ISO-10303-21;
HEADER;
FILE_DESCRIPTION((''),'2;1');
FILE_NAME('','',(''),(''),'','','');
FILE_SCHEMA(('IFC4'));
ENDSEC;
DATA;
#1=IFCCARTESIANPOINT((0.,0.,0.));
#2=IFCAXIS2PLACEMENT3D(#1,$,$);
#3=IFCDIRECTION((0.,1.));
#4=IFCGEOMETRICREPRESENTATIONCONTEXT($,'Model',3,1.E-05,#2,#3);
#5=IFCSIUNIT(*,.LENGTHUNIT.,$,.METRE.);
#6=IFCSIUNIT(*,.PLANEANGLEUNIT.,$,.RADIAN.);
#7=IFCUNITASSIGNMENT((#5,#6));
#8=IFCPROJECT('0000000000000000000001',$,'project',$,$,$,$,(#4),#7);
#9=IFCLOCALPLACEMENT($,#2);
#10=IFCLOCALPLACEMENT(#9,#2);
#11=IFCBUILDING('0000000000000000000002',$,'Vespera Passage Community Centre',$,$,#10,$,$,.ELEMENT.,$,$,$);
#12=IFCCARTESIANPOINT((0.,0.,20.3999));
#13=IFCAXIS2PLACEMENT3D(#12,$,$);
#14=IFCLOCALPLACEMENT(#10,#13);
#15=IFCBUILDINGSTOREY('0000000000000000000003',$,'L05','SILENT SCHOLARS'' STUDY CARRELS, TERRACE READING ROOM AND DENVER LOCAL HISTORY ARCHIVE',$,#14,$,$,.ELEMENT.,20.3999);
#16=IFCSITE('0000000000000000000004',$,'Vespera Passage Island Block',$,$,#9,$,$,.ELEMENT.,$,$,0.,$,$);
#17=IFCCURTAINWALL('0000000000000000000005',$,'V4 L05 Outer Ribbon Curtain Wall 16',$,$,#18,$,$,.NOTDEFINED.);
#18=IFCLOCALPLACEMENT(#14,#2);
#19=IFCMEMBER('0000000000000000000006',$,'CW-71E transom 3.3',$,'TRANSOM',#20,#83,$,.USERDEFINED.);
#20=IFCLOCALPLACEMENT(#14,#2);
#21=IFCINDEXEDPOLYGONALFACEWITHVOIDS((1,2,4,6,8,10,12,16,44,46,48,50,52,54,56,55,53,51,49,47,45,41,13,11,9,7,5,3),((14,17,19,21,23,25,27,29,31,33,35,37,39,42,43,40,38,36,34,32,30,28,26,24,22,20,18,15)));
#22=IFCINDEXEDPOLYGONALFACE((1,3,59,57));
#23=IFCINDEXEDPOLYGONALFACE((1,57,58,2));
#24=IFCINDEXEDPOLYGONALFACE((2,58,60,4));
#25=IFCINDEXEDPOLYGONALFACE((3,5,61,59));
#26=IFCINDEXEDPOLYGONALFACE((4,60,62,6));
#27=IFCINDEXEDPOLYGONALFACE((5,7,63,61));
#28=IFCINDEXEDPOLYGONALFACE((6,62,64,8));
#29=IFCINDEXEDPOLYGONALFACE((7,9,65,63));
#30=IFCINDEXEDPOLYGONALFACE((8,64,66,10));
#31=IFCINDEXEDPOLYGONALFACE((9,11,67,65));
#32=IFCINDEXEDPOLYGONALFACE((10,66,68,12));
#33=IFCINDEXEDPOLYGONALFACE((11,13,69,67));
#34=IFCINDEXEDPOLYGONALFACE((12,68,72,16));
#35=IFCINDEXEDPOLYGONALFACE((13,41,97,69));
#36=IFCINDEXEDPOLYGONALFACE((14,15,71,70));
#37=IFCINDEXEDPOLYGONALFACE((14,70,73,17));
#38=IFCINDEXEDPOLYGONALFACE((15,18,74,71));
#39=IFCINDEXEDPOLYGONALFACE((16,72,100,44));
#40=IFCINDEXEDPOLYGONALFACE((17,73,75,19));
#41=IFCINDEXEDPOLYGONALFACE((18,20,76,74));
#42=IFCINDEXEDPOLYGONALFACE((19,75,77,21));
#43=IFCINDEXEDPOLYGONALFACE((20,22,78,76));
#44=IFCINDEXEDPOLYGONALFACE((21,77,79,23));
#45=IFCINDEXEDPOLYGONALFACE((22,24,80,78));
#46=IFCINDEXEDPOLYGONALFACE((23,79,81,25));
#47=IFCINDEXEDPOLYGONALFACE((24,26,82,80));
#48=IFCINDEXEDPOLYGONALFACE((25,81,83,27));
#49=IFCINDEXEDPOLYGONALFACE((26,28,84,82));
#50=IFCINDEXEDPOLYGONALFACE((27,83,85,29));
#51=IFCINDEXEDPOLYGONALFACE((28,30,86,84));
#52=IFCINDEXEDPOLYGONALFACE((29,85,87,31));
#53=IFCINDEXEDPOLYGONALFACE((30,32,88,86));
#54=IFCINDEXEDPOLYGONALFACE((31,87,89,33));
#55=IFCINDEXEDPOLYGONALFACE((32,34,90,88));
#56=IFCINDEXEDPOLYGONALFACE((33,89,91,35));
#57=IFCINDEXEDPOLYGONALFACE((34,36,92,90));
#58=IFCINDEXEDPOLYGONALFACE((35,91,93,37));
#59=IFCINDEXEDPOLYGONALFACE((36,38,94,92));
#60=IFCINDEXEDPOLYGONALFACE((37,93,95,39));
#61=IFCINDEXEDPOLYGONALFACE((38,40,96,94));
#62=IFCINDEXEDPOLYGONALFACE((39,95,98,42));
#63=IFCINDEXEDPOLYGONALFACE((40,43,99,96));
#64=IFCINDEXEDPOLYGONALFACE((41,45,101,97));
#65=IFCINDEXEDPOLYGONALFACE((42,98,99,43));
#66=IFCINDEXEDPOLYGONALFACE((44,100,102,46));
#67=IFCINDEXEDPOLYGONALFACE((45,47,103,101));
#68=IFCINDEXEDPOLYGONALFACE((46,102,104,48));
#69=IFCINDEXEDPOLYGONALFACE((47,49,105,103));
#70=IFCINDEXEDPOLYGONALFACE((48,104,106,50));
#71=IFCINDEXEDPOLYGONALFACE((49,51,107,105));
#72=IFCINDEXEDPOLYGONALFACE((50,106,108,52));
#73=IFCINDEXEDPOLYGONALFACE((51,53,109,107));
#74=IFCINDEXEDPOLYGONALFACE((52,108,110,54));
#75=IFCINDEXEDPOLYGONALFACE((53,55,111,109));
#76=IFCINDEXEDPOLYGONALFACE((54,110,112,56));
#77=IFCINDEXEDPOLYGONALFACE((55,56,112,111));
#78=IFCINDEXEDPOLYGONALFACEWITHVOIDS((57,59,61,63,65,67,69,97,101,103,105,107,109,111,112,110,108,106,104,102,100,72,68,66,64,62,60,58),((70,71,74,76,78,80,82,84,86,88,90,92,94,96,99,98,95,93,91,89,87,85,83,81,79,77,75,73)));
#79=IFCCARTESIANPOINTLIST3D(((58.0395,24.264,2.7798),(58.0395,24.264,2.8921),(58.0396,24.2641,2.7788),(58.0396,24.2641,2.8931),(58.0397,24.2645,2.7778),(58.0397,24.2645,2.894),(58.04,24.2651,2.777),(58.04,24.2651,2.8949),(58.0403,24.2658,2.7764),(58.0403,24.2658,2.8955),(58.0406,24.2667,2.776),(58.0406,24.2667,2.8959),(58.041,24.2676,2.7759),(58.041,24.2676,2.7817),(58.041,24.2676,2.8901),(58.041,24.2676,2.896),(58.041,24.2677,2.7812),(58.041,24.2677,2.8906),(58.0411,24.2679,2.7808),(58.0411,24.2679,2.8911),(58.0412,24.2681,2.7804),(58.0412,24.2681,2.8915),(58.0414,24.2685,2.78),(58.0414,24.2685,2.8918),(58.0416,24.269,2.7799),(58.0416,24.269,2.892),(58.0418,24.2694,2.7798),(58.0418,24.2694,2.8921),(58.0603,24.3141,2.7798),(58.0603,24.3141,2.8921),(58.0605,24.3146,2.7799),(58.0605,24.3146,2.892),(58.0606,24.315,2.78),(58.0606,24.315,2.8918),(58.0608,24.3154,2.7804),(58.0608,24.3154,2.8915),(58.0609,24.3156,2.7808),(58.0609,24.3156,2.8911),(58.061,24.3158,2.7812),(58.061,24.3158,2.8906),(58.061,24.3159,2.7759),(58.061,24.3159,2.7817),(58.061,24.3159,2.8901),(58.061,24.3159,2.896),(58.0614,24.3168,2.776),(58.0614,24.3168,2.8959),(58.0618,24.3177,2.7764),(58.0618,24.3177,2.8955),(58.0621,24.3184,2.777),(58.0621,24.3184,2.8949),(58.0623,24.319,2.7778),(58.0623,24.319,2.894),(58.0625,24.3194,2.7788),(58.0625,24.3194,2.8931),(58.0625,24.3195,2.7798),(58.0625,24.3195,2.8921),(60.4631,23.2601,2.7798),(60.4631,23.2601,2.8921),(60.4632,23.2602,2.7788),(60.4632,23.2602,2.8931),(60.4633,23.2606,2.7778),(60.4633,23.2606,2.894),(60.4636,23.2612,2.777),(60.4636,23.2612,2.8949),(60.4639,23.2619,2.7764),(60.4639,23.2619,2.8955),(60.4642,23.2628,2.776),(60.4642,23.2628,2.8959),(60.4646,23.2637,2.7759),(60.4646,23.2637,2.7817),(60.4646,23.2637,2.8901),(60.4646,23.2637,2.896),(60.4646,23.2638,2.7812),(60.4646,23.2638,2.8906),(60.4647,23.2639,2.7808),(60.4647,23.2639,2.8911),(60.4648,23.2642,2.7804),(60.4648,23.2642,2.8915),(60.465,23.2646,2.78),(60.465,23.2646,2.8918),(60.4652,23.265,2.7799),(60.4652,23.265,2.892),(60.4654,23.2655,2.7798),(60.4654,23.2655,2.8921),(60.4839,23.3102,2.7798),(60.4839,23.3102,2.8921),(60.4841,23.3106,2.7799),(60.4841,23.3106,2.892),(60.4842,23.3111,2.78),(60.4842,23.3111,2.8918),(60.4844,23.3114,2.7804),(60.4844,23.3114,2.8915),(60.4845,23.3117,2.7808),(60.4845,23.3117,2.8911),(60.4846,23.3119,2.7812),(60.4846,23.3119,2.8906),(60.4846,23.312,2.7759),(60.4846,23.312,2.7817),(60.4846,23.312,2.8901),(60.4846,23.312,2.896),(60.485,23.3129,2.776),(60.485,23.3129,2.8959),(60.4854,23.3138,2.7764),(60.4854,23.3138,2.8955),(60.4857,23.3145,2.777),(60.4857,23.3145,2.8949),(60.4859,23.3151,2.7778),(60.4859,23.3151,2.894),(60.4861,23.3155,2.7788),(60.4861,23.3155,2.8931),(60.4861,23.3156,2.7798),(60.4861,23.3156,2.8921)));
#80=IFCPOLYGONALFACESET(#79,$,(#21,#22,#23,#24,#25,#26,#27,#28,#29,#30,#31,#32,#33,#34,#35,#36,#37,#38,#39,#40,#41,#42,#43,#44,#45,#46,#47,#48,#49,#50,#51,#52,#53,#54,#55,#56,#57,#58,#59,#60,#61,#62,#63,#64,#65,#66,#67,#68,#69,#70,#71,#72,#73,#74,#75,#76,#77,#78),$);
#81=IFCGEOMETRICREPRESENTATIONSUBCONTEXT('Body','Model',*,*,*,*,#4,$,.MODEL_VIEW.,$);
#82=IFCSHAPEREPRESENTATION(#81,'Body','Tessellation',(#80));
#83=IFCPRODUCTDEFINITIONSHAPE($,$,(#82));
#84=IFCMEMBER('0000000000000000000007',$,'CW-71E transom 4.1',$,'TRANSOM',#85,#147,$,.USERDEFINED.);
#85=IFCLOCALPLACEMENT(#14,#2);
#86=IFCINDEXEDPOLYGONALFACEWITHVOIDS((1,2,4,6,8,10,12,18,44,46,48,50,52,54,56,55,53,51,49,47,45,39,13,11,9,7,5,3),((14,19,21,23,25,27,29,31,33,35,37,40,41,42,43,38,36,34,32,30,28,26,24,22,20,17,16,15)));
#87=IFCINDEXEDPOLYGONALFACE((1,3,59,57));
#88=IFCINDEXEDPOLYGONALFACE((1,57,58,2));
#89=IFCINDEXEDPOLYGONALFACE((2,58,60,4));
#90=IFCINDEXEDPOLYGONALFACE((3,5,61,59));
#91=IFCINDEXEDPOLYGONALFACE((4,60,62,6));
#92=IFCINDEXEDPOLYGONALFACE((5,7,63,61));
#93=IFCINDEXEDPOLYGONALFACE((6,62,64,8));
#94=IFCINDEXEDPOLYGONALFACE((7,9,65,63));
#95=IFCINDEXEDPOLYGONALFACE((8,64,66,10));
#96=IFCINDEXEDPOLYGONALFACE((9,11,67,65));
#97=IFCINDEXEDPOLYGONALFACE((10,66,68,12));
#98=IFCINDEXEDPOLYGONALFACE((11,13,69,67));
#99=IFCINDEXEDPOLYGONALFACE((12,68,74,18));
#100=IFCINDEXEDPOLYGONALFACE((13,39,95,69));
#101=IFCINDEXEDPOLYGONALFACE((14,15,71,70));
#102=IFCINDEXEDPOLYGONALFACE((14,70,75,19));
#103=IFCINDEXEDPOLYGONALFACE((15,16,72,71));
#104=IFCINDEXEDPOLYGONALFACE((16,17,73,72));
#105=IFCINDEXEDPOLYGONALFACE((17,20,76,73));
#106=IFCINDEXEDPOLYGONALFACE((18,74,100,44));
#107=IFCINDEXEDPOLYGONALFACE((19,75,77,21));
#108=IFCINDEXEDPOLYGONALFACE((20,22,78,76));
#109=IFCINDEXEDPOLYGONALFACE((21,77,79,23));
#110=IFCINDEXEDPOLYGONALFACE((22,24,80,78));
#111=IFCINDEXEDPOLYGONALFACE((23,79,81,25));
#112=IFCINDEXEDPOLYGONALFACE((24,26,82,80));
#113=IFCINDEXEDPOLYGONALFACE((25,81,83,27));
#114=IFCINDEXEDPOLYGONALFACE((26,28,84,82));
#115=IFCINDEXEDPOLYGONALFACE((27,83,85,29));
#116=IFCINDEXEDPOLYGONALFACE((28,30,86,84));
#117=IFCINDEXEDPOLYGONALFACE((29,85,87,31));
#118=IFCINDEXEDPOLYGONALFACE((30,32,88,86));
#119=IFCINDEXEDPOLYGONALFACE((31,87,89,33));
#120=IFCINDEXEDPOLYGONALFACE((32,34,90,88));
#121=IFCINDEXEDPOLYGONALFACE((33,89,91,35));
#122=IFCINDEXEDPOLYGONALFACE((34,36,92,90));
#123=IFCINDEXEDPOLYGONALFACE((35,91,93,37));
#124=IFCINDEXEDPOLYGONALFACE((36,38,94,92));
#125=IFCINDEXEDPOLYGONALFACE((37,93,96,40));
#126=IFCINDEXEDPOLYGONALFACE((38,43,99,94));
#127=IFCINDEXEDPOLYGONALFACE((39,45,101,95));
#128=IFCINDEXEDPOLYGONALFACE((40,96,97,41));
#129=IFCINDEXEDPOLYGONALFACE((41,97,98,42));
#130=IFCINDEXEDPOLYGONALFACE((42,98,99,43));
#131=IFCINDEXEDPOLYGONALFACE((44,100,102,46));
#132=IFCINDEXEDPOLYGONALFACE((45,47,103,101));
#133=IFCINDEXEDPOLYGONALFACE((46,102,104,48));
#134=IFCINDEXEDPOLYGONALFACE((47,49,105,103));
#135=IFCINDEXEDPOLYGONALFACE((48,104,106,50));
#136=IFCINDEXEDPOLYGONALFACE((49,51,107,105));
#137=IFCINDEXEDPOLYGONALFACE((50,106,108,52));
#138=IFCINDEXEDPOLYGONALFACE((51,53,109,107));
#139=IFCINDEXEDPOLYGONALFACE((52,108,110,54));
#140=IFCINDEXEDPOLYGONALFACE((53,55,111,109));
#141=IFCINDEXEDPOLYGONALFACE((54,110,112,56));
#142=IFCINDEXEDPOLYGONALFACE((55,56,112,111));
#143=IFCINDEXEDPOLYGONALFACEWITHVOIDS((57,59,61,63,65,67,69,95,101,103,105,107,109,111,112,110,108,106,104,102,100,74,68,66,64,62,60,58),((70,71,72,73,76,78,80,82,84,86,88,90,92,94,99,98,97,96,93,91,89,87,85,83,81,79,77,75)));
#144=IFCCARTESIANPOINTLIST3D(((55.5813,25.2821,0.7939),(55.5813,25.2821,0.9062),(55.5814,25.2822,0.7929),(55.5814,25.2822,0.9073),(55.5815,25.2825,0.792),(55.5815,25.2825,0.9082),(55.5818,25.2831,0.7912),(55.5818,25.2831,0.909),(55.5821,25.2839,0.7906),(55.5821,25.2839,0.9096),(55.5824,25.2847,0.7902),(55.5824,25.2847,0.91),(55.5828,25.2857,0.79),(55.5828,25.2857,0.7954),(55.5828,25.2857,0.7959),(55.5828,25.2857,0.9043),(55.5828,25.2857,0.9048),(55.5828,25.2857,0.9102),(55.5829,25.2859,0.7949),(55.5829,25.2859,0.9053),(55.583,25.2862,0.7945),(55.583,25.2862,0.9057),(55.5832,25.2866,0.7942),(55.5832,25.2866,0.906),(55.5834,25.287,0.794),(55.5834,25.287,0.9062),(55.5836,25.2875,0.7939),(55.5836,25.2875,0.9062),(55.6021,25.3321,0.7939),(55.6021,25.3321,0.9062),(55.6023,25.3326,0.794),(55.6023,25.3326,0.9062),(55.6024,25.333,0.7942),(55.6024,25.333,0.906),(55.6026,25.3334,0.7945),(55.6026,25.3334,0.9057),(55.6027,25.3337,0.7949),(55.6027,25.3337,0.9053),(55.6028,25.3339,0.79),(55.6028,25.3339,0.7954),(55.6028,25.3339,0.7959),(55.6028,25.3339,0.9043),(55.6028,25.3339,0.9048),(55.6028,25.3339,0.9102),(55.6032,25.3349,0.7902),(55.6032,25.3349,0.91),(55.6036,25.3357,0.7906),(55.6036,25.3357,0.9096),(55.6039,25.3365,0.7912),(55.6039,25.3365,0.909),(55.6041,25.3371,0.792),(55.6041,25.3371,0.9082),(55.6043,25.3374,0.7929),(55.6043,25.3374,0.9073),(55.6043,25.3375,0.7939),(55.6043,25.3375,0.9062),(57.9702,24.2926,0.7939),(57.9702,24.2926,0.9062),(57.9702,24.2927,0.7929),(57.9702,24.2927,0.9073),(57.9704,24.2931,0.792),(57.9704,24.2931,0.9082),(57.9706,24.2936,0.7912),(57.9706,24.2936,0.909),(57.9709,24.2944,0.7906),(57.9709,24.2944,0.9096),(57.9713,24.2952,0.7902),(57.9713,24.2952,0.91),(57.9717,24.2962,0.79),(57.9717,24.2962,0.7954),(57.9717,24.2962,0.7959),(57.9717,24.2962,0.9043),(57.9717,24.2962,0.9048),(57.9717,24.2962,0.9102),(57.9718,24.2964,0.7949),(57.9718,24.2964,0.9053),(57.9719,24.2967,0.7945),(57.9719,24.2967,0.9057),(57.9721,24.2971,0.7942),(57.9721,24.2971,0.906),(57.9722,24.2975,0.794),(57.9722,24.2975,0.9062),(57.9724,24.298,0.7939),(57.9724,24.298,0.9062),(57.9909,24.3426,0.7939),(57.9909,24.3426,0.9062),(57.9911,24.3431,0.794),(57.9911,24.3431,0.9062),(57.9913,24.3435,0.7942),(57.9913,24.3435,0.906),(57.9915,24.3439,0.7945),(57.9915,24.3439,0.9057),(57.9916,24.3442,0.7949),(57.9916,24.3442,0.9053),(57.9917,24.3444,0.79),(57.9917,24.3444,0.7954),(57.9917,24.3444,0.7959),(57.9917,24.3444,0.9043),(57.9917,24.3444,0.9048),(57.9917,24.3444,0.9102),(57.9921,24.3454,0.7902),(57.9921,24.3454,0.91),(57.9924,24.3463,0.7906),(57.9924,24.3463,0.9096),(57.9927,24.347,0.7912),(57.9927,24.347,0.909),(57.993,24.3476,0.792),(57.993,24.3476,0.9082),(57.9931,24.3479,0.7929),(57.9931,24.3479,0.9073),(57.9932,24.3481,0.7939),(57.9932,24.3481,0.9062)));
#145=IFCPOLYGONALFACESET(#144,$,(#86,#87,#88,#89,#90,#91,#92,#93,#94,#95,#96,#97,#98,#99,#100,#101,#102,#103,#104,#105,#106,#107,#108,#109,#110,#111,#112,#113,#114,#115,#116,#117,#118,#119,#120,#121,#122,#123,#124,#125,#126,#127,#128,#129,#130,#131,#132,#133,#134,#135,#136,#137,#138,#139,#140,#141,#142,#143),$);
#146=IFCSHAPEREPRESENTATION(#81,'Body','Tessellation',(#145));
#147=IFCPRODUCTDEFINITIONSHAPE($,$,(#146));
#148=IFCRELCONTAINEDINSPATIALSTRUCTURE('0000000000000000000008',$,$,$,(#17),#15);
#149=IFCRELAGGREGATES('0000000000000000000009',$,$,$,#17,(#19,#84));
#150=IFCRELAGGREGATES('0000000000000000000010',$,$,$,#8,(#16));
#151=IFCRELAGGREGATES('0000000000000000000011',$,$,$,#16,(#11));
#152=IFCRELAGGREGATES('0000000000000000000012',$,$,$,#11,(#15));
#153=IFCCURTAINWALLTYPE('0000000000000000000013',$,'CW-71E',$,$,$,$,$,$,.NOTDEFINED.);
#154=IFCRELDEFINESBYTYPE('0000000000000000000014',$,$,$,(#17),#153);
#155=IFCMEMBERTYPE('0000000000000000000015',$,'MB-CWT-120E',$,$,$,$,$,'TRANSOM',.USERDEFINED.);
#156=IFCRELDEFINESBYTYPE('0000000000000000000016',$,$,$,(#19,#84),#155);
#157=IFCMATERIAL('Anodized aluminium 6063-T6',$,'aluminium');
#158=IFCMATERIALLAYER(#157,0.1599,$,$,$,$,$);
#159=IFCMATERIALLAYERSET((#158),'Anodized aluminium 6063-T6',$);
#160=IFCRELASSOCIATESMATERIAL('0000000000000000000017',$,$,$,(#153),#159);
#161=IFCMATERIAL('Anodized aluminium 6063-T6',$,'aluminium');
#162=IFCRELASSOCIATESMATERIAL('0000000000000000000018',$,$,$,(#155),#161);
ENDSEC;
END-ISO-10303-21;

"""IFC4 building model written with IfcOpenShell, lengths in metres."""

from ifc_helpers import new_model, si_unit, direction, frame, origin, origin_2d, place, context, subcontext, project, spatial, hollow_rectangle, extrude, material, layer, layer_set, material_profile, profile_set, type_object, element, aggregate, save


model = new_model("IFC4")

# Units and contexts
model_context = context("Model", 3, precision=1e-05, world=origin(), true_north=direction((0.0, 1.0)))
body_context = subcontext(model_context, "Body", "Model", "MODEL_VIEW")
ifc_project = project(units=[si_unit("LENGTHUNIT", "METRE"), si_unit("PLANEANGLEUNIT", "RADIAN")], contexts=[model_context])

# Site, building, storey
site_placement = place(None, origin())
site = spatial("IfcSite", under=ifc_project, at=site_placement, Name="Vespera Passage Island Block", CompositionType="ELEMENT", RefElevation=0.0)
building_placement = place(site_placement, origin())
building = spatial("IfcBuilding", under=site, at=building_placement, Name="Vespera Passage Community Centre", CompositionType="ELEMENT")
storey_placement = place(building_placement, frame((0.0, 0.0, 20.3999)))
storey = spatial("IfcBuildingStorey", under=building, at=storey_placement, Name="L05", Description="SILENT SCHOLARS' STUDY CARRELS, TERRACE READING ROOM AND DENVER LOCAL HISTORY ARCHIVE", CompositionType="ELEMENT", Elevation=20.3999)

# Curtain wall
ifc_material_1 = material(Name="Anodized aluminium 6063-T6", Category="aluminium")
ifc_layer_1 = layer(ifc_material_1, 0.1599)
ifc_layer_set_1 = layer_set([ifc_layer_1], Name="Anodized aluminium 6063-T6")
curtain_wall_type_1 = type_object("IfcCurtainWallType", Name="CW-71E", PredefinedType="NOTDEFINED", material=ifc_layer_set_1)
curtain_wall_1_placement = place(storey_placement, origin())
curtain_wall_1 = element("IfcCurtainWall", 1, at=curtain_wall_1_placement, inside=storey, type_object=curtain_wall_type_1, Name="V4 L05 Outer Ribbon Curtain Wall 16", PredefinedType="NOTDEFINED")

# Members
ifc_material_2 = material(Name="Anodized aluminium 6063-T6", Category="aluminium")
ifc_material_profile_1 = material_profile(ifc_material_2, hollow_rectangle(XDim=0.0601, YDim=0.1201, WallThickness=0.0039, InnerFilletRadius=0.002, OuterFilletRadius=0.0039, at=origin_2d()), Name="ALU120X60X4")
ifc_profile_set_1 = profile_set([ifc_material_profile_1], Name="Anodized aluminium 6063-T6")
member_type_1 = type_object("IfcMemberType", Name="MB-CWT-120E", ElementType="TRANSOM", PredefinedType="USERDEFINED", material=ifc_profile_set_1)
member_1_placement = place(storey_placement, frame((60.4746, 23.2878, 2.8359), z_axis=(-0.923876, 0.382692, 0.0), x_axis=(-0.382692, -0.923876, 0.0)))
member_1 = element("IfcMember", 2, at=member_1_placement, type_object=member_type_1, Name="CW-71E transom 3.3", ObjectType="TRANSOM", PredefinedType="USERDEFINED", context=body_context, shape_type="SweptSolid", body=[
    extrude(hollow_rectangle(XDim=0.0601, YDim=0.1201, WallThickness=0.0039, InnerFilletRadius=0.002, OuterFilletRadius=0.0039, at=origin_2d()), origin(), (0.0, 0.0, 1.0), 2.6233),
])
member_2_placement = place(storey_placement, frame((57.9817, 24.3203, 0.8501), z_axis=(-0.923882, 0.382677, 0.0), x_axis=(-0.382677, -0.923882, 0.0)))
member_2 = element("IfcMember", 3, at=member_2_placement, type_object=member_type_1, Name="CW-71E transom 4.1", ObjectType="TRANSOM", PredefinedType="USERDEFINED", context=body_context, shape_type="SweptSolid", body=[
    extrude(hollow_rectangle(XDim=0.0601, YDim=0.1201, WallThickness=0.0039, InnerFilletRadius=0.002, OuterFilletRadius=0.0039, at=origin_2d()), origin(), (0.0, 0.0, 1.0), 2.5857),
])

aggregate(curtain_wall_1, [member_1, member_2])

save(model, "model.ifc")
